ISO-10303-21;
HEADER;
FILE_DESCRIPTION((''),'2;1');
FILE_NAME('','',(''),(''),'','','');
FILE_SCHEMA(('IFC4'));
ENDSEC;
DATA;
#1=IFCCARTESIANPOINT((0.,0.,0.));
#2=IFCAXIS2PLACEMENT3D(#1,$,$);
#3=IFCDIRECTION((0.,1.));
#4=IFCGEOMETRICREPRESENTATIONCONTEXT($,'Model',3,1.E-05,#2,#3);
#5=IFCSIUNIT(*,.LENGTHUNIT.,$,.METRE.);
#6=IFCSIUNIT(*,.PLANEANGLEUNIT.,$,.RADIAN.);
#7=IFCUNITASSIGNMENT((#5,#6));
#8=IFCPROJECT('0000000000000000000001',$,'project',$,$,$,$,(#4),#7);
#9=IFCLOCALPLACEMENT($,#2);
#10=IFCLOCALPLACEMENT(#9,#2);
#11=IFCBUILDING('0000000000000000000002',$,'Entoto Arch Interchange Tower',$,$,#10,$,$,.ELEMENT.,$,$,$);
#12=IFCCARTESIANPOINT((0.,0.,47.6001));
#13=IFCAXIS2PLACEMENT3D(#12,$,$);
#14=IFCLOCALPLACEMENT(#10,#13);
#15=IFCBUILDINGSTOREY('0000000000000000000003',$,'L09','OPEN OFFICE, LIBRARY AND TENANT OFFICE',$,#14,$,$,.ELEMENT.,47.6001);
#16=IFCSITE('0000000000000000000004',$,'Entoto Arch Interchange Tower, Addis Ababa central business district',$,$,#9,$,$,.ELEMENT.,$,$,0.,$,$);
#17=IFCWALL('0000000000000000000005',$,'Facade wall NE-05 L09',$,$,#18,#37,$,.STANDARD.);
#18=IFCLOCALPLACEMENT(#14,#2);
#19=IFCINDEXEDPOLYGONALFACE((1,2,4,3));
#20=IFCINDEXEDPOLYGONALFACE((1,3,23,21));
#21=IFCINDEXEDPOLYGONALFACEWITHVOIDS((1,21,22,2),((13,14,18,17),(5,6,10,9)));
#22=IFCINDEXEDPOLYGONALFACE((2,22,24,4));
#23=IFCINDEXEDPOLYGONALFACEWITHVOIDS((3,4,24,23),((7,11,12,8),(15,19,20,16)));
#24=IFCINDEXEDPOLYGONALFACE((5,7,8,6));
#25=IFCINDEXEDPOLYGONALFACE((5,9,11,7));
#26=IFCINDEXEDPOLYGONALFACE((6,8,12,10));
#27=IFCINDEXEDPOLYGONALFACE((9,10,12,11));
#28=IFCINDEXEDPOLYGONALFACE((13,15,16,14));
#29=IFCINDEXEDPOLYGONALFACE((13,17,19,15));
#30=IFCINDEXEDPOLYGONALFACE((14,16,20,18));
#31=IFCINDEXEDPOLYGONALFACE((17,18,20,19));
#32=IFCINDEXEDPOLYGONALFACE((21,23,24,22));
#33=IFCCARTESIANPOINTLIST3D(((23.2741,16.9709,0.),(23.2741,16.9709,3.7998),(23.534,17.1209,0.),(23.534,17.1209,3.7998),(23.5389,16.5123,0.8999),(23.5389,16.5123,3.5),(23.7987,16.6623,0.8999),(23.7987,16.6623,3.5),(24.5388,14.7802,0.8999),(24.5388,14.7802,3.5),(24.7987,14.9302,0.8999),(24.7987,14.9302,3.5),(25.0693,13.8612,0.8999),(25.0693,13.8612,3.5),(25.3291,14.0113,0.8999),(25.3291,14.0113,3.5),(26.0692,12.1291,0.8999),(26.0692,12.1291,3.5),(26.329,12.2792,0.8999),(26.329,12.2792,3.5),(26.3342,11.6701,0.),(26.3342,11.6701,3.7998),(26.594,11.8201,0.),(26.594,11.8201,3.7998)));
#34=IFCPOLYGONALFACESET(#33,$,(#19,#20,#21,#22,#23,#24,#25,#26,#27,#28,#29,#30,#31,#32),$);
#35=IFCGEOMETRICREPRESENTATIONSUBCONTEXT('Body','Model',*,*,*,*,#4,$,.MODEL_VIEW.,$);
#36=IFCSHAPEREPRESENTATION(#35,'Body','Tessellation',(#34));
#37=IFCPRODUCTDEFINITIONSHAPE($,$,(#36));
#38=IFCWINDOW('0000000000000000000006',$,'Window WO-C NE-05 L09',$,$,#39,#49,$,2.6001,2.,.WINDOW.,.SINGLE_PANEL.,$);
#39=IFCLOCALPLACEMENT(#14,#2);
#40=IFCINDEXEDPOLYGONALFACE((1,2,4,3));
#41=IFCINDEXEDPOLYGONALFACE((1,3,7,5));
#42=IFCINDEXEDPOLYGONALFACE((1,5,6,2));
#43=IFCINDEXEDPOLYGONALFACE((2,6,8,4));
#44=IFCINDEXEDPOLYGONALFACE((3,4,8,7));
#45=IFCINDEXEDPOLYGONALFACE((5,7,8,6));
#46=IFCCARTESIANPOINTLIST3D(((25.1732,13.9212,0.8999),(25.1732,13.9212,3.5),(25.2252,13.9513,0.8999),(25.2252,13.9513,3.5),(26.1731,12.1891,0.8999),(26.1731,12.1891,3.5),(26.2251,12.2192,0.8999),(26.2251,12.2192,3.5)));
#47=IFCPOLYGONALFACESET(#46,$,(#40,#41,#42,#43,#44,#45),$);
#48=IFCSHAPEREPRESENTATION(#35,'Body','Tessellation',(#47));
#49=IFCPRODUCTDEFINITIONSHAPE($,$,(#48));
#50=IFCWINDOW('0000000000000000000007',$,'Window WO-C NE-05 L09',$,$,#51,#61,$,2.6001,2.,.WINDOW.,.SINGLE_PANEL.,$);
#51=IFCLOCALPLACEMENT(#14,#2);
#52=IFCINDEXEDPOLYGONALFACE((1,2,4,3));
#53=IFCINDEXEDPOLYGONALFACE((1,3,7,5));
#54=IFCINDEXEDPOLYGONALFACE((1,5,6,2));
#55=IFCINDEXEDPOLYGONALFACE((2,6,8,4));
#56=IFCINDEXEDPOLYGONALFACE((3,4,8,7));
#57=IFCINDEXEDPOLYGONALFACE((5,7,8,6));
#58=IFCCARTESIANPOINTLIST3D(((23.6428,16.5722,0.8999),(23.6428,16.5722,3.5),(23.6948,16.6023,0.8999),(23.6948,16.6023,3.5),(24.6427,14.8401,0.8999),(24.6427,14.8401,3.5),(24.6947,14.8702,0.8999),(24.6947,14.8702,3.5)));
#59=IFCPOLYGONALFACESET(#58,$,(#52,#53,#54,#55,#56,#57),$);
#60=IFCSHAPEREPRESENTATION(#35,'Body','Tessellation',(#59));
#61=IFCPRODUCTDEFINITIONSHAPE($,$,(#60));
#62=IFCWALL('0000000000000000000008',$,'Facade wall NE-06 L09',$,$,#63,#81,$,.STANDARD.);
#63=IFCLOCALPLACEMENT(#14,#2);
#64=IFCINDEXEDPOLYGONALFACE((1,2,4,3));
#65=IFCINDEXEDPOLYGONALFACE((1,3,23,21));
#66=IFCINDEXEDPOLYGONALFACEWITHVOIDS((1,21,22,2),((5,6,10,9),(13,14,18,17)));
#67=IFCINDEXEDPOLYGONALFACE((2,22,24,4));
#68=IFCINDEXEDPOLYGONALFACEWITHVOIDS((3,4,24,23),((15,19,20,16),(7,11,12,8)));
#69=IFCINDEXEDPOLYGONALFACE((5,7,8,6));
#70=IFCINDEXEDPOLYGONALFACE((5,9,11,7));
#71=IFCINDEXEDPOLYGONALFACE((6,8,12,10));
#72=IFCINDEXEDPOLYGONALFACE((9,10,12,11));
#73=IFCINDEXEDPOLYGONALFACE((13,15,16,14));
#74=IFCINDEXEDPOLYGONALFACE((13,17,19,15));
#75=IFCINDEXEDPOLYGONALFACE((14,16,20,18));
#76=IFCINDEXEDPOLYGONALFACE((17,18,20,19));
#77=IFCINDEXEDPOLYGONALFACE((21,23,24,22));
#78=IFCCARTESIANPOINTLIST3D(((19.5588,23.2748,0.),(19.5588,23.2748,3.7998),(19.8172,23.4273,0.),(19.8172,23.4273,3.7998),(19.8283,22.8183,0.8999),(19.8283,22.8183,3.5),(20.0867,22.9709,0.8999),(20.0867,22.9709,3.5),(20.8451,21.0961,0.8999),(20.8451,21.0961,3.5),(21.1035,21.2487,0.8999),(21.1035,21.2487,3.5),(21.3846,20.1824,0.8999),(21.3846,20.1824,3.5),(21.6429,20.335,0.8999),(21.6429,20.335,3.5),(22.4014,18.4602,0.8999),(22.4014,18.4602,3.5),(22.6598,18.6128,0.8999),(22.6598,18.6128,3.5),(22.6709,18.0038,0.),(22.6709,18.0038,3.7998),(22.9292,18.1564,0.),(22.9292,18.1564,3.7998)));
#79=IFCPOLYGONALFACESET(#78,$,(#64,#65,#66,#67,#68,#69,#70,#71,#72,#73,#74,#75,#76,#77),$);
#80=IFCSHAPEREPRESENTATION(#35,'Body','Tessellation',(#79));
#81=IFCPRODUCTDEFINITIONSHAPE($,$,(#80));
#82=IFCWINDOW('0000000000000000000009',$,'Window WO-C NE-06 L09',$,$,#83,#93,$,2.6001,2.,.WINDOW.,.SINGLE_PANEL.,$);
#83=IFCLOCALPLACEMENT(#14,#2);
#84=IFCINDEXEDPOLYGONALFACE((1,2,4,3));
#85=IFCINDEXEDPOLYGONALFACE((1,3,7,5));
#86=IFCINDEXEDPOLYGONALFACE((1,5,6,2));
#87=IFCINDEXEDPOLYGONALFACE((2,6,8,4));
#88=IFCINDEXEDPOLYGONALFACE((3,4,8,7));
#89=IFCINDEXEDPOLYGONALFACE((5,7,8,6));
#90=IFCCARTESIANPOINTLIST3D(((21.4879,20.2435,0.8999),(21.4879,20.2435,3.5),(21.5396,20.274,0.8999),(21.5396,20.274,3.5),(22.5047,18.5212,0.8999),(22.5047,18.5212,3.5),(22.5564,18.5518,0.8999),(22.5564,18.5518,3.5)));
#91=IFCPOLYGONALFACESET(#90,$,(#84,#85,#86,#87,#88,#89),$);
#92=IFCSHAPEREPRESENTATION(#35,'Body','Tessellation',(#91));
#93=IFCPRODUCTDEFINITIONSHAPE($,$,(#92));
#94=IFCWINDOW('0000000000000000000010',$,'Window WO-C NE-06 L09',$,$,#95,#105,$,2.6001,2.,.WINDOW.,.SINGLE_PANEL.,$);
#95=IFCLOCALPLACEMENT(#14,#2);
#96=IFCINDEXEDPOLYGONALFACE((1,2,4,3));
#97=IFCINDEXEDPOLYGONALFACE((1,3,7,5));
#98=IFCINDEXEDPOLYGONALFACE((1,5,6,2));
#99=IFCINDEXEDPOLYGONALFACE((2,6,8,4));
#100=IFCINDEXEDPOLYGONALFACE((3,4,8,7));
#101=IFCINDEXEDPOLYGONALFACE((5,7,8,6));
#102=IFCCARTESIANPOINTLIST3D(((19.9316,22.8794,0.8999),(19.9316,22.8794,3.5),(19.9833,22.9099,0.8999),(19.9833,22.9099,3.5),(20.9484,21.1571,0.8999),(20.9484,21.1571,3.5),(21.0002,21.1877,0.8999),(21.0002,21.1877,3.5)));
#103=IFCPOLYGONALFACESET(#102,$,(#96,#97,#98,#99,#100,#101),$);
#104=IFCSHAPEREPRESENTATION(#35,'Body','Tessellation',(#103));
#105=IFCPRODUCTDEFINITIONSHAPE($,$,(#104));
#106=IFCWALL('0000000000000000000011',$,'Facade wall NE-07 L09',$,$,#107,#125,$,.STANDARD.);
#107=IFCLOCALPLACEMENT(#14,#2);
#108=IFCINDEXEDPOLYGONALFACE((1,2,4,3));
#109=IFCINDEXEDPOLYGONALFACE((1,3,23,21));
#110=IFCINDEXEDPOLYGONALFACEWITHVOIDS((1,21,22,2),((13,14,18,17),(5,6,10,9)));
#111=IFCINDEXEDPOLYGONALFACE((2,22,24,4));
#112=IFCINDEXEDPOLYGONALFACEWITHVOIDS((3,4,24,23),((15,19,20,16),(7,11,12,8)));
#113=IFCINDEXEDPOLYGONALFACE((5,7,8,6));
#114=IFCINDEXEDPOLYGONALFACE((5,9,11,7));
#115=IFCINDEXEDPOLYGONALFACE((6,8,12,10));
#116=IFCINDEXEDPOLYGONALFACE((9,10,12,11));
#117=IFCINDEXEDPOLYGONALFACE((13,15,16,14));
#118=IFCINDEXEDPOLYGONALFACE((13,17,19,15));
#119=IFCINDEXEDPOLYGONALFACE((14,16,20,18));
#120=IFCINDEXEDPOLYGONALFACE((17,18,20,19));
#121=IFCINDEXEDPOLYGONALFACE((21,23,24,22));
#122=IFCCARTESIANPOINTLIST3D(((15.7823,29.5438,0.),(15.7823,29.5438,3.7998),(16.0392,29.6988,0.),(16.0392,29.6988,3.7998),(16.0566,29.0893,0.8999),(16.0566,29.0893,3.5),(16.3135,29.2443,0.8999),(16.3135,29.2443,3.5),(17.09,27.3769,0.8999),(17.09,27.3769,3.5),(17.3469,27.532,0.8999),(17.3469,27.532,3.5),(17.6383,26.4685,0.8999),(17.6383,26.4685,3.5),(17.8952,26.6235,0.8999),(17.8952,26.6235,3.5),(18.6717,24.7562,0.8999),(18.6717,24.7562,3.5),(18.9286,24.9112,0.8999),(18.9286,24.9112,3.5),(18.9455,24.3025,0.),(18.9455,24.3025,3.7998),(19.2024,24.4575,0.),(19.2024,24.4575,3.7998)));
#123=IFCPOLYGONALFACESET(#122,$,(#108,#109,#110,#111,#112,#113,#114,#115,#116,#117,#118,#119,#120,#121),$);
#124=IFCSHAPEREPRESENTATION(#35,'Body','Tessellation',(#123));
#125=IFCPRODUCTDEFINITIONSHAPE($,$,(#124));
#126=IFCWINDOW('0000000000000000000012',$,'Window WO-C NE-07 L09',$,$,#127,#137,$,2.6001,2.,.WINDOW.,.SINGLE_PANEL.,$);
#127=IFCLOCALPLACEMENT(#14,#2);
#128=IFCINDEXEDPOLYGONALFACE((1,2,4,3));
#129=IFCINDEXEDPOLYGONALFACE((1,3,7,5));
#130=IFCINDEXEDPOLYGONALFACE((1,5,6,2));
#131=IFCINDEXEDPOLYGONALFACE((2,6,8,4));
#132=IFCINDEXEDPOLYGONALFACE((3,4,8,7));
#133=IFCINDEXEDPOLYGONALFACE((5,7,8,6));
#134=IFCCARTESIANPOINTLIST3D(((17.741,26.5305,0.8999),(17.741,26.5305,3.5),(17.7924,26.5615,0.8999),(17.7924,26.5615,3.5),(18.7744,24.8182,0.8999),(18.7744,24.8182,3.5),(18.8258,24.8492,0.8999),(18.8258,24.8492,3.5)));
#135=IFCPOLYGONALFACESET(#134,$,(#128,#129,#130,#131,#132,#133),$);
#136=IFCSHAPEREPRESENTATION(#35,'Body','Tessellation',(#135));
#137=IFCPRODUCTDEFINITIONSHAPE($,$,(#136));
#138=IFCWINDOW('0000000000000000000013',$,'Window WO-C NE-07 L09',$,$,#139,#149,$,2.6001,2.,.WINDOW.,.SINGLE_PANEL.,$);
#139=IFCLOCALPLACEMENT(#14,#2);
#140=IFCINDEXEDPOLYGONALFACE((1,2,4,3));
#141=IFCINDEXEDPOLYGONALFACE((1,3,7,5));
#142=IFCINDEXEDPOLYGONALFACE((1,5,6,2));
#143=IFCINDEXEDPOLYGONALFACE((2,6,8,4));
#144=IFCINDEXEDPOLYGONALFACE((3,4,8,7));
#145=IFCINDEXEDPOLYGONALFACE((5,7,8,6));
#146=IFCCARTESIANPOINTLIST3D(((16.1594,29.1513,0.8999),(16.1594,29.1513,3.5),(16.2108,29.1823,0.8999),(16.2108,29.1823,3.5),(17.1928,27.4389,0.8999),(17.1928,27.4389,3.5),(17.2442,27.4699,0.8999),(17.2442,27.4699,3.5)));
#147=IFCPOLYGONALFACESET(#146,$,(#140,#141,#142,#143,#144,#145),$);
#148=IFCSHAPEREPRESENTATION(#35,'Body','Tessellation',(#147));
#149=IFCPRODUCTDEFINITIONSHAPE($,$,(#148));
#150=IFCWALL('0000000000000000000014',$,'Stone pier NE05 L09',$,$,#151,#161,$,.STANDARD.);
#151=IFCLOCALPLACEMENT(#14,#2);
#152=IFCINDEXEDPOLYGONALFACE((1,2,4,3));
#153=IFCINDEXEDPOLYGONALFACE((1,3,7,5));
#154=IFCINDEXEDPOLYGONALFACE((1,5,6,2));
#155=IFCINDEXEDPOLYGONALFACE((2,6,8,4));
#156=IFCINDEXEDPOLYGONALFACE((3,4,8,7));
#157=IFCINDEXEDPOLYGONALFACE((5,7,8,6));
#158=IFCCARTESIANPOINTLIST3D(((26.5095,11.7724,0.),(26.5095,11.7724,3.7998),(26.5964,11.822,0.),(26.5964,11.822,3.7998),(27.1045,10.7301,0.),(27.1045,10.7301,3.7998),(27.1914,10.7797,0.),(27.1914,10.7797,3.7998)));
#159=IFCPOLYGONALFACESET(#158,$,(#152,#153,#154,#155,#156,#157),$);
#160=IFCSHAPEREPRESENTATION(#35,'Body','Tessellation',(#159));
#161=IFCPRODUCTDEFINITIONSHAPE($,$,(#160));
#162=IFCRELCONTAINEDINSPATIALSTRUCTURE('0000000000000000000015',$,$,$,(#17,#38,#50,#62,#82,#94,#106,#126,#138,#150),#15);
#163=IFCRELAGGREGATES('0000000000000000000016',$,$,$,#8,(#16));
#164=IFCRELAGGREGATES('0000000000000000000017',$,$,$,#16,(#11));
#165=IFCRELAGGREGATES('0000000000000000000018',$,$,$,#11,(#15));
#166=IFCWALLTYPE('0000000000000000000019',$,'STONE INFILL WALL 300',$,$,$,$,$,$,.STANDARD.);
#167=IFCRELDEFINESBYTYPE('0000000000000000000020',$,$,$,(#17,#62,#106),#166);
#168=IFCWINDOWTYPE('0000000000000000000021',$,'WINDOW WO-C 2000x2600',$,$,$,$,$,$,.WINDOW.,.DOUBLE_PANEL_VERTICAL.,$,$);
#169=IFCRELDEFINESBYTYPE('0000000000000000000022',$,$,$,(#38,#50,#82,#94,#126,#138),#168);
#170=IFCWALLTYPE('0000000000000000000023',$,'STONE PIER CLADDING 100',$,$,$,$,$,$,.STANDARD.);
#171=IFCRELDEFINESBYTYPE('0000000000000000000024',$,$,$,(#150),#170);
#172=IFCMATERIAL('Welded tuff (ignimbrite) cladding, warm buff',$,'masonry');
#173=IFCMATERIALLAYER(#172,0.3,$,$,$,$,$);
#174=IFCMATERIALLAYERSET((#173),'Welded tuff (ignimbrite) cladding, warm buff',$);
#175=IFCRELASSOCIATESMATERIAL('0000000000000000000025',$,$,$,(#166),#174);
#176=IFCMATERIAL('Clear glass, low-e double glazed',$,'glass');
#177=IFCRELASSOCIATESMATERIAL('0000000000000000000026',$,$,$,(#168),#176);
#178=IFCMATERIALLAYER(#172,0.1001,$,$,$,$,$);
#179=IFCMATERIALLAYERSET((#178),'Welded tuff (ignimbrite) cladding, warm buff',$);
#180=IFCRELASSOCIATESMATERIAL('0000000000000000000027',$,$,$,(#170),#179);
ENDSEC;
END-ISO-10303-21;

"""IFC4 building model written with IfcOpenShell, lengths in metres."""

from ifc_helpers import new_model, si_unit, direction, frame, frame_2d, origin, place, context, subcontext, project, spatial, rectangle, extrude, material, layer, layer_set, type_object, element, fill, save


model = new_model("IFC4")

# Units and contexts
model_context = context("Model", 3, precision=1e-05, world=origin(), true_north=direction((0.0, 1.0)))
body_context = subcontext(model_context, "Body", "Model", "MODEL_VIEW")
ifc_project = project(units=[si_unit("LENGTHUNIT", "METRE"), si_unit("PLANEANGLEUNIT", "RADIAN")], contexts=[model_context])

# Site, building, storey
site_placement = place(None, origin())
site = spatial("IfcSite", under=ifc_project, at=site_placement, Name="Entoto Arch Interchange Tower, Addis Ababa central business district", CompositionType="ELEMENT", RefElevation=0.0)
building_placement = place(site_placement, origin())
building = spatial("IfcBuilding", under=site, at=building_placement, Name="Entoto Arch Interchange Tower", CompositionType="ELEMENT")
storey_placement = place(building_placement, frame((0.0, 0.0, 47.6001)))
storey = spatial("IfcBuildingStorey", under=building, at=storey_placement, Name="L09", Description="OPEN OFFICE, LIBRARY AND TENANT OFFICE", CompositionType="ELEMENT", Elevation=47.6001)

# Walls, openings, windows
ifc_material_1 = material(Name="Welded tuff (ignimbrite) cladding, warm buff", Category="masonry")
ifc_layer_1 = layer(ifc_material_1, 0.3)
ifc_layer_set_1 = layer_set([ifc_layer_1], Name="Welded tuff (ignimbrite) cladding, warm buff")
wall_type_1 = type_object("IfcWallType", Name="STONE INFILL WALL 300", PredefinedType="STANDARD", material=ifc_layer_set_1)
wall_1_placement = place(storey_placement, frame((26.4641, 11.7451, 0.0), z_axis=(0.0, 0.0, 1.0), x_axis=(-0.499957, 0.86605, 0.0)))
wall_1 = element("IfcWall", 1, at=wall_1_placement, inside=storey, type_object=wall_type_1, Name="Facade wall NE-05 L09", PredefinedType="STANDARD", context=body_context, shape_type="SweptSolid", body=[
    extrude(rectangle(XDim=6.1206, YDim=0.3, at=frame_2d((3.0603, 0.0))), origin(), (0.0, 0.0, 1.0), 3.7998),
])
opening_1_placement = place(wall_1_placement, frame((0.53, 0.0, 0.8999)))
opening_1 = element("IfcOpeningElement", 2, at=opening_1_placement, cuts=wall_1, PredefinedType="OPENING", context=body_context, shape_type="SweptSolid", body=[
    extrude(rectangle(XDim=2.0, YDim=2.6001, at=frame_2d((1.0, 1.3))), frame((0.0, 0.1602, 0.0), z_axis=(0.0, -1.0, 0.0), x_axis=(1.0, 0.0, 0.0)), (0.0, 0.0, 1.0), 0.3201),
])
opening_2_placement = place(wall_1_placement, frame((3.5911, 0.0, 0.8999)))
opening_2 = element("IfcOpeningElement", 3, at=opening_2_placement, cuts=wall_1, PredefinedType="OPENING", context=body_context, shape_type="SweptSolid", body=[
    extrude(rectangle(XDim=2.0, YDim=2.6001, at=frame_2d((1.0, 1.3))), frame((0.0, 0.1602, 0.0), z_axis=(0.0, -1.0, 0.0), x_axis=(1.0, 0.0, 0.0)), (0.0, 0.0, 1.0), 0.3201),
])
ifc_material_2 = material(Name="Clear glass, low-e double glazed", Category="glass")
window_type = type_object("IfcWindowType", Name="WINDOW WO-C 2000x2600", PartitioningType="DOUBLE_PANEL_VERTICAL", PredefinedType="WINDOW", material=ifc_material_2)
window_1_placement = place(opening_1_placement, origin())
window_1 = element("IfcWindow", 4, at=window_1_placement, inside=storey, type_object=window_type, Name="Window WO-C NE-05 L09", OverallHeight=2.6001, OverallWidth=2.0, PartitioningType="SINGLE_PANEL", PredefinedType="WINDOW", context=body_context, shape_type="SweptSolid", body=[
    extrude(rectangle(XDim=2.0, YDim=2.6001, at=frame_2d((1.0, 1.3))), frame((0.0, 0.03, 0.0), z_axis=(0.0, -1.0, 0.0), x_axis=(1.0, 0.0, 0.0)), (0.0, 0.0, 1.0), 0.0601),
])
fill(opening_1, window_1)
window_2_placement = place(opening_2_placement, origin())
window_2 = element("IfcWindow", 5, at=window_2_placement, inside=storey, type_object=window_type, Name="Window WO-C NE-05 L09", OverallHeight=2.6001, OverallWidth=2.0, PartitioningType="SINGLE_PANEL", PredefinedType="WINDOW", context=body_context, shape_type="SweptSolid", body=[
    extrude(rectangle(XDim=2.0, YDim=2.6001, at=frame_2d((1.0, 1.3))), frame((0.0, 0.03, 0.0), z_axis=(0.0, -1.0, 0.0), x_axis=(1.0, 0.0, 0.0)), (0.0, 0.0, 1.0), 0.0601),
])
fill(opening_2, window_2)
wall_2_placement = place(storey_placement, frame((22.8, 18.0801, 0.0), z_axis=(0.0, 0.0, 1.0), x_axis=(-0.508412, 0.861114, 0.0)))
wall_2 = element("IfcWall", 6, at=wall_2_placement, inside=storey, type_object=wall_type_1, Name="Facade wall NE-06 L09", PredefinedType="STANDARD", context=body_context, shape_type="SweptSolid", body=[
    extrude(rectangle(XDim=6.1211, YDim=0.3, at=frame_2d((3.0605, 0.0))), origin(), (0.0, 0.0, 1.0), 3.7998),
])
opening_3_placement = place(wall_2_placement, frame((0.53, 0.0, 0.8999)))
opening_3 = element("IfcOpeningElement", 7, at=opening_3_placement, cuts=wall_2, PredefinedType="OPENING", context=body_context, shape_type="SweptSolid", body=[
    extrude(rectangle(XDim=2.0, YDim=2.6001, at=frame_2d((1.0, 1.3))), frame((0.0, 0.1602, 0.0), z_axis=(0.0, -1.0, 0.0), x_axis=(1.0, 0.0, 0.0)), (0.0, 0.0, 1.0), 0.3201),
])
opening_4_placement = place(wall_2_placement, frame((3.5911, 0.0, 0.8999)))
opening_4 = element("IfcOpeningElement", 8, at=opening_4_placement, cuts=wall_2, PredefinedType="OPENING", context=body_context, shape_type="SweptSolid", body=[
    extrude(rectangle(XDim=2.0, YDim=2.6001, at=frame_2d((1.0, 1.3))), frame((0.0, 0.1602, 0.0), z_axis=(0.0, -1.0, 0.0), x_axis=(1.0, 0.0, 0.0)), (0.0, 0.0, 1.0), 0.3201),
])
window_3_placement = place(opening_3_placement, origin())
window_3 = element("IfcWindow", 9, at=window_3_placement, inside=storey, type_object=window_type, Name="Window WO-C NE-06 L09", OverallHeight=2.6001, OverallWidth=2.0, PartitioningType="SINGLE_PANEL", PredefinedType="WINDOW", context=body_context, shape_type="SweptSolid", body=[
    extrude(rectangle(XDim=2.0, YDim=2.6001, at=frame_2d((1.0, 1.3))), frame((0.0, 0.03, 0.0), z_axis=(0.0, -1.0, 0.0), x_axis=(1.0, 0.0, 0.0)), (0.0, 0.0, 1.0), 0.0601),
])
fill(opening_3, window_3)
window_4_placement = place(opening_4_placement, origin())
window_4 = element("IfcWindow", 10, at=window_4_placement, inside=storey, type_object=window_type, Name="Window WO-C NE-06 L09", OverallHeight=2.6001, OverallWidth=2.0, PartitioningType="SINGLE_PANEL", PredefinedType="WINDOW", context=body_context, shape_type="SweptSolid", body=[
    extrude(rectangle(XDim=2.0, YDim=2.6001, at=frame_2d((1.0, 1.3))), frame((0.0, 0.03, 0.0), z_axis=(0.0, -1.0, 0.0), x_axis=(1.0, 0.0, 0.0)), (0.0, 0.0, 1.0), 0.0601),
])
fill(opening_4, window_4)
wall_3_placement = place(storey_placement, frame((19.074, 24.3799, 0.0), z_axis=(0.0, 0.0, 1.0), x_axis=(-0.516699, 0.856167, 0.0)))
wall_3 = element("IfcWall", 11, at=wall_3_placement, inside=storey, type_object=wall_type_1, Name="Facade wall NE-07 L09", PredefinedType="STANDARD", context=body_context, shape_type="SweptSolid", body=[
    extrude(rectangle(XDim=6.1218, YDim=0.3, at=frame_2d((3.061, 0.0))), origin(), (0.0, 0.0, 1.0), 3.7998),
])
opening_5_placement = place(wall_3_placement, frame((0.53, 0.0, 0.8999)))
opening_5 = element("IfcOpeningElement", 12, at=opening_5_placement, cuts=wall_3, PredefinedType="OPENING", context=body_context, shape_type="SweptSolid", body=[
    extrude(rectangle(XDim=2.0, YDim=2.6001, at=frame_2d((1.0, 1.3))), frame((0.0, 0.1602, 0.0), z_axis=(0.0, -1.0, 0.0), x_axis=(1.0, 0.0, 0.0)), (0.0, 0.0, 1.0), 0.3201),
])
opening_6_placement = place(wall_3_placement, frame((3.5911, 0.0, 0.8999)))
opening_6 = element("IfcOpeningElement", 13, at=opening_6_placement, cuts=wall_3, PredefinedType="OPENING", context=body_context, shape_type="SweptSolid", body=[
    extrude(rectangle(XDim=2.0, YDim=2.6001, at=frame_2d((1.0, 1.3))), frame((0.0, 0.1602, 0.0), z_axis=(0.0, -1.0, 0.0), x_axis=(1.0, 0.0, 0.0)), (0.0, 0.0, 1.0), 0.3201),
])
window_5_placement = place(opening_5_placement, origin())
window_5 = element("IfcWindow", 14, at=window_5_placement, inside=storey, type_object=window_type, Name="Window WO-C NE-07 L09", OverallHeight=2.6001, OverallWidth=2.0, PartitioningType="SINGLE_PANEL", PredefinedType="WINDOW", context=body_context, shape_type="SweptSolid", body=[
    extrude(rectangle(XDim=2.0, YDim=2.6001, at=frame_2d((1.0, 1.3))), frame((0.0, 0.03, 0.0), z_axis=(0.0, -1.0, 0.0), x_axis=(1.0, 0.0, 0.0)), (0.0, 0.0, 1.0), 0.0601),
])
fill(opening_5, window_5)
window_6_placement = place(opening_6_placement, origin())
window_6 = element("IfcWindow", 15, at=window_6_placement, inside=storey, type_object=window_type, Name="Window WO-C NE-07 L09", OverallHeight=2.6001, OverallWidth=2.0, PartitioningType="SINGLE_PANEL", PredefinedType="WINDOW", context=body_context, shape_type="SweptSolid", body=[
    extrude(rectangle(XDim=2.0, YDim=2.6001, at=frame_2d((1.0, 1.3))), frame((0.0, 0.03, 0.0), z_axis=(0.0, -1.0, 0.0), x_axis=(1.0, 0.0, 0.0)), (0.0, 0.0, 1.0), 0.0601),
])
fill(opening_6, window_6)

# Wall
ifc_layer_2 = layer(ifc_material_1, 0.1001)
ifc_layer_set_2 = layer_set([ifc_layer_2], Name="Welded tuff (ignimbrite) cladding, warm buff")
wall_type_2 = type_object("IfcWallType", Name="STONE PIER CLADDING 100", PredefinedType="STANDARD", material=ifc_layer_set_2)
wall_4_placement = place(storey_placement, frame((27.1479, 10.7549, 0.0), z_axis=(0.0, 0.0, 1.0), x_axis=(-0.495766, 0.868456, 0.0)))
element("IfcWall", 16, at=wall_4_placement, inside=storey, type_object=wall_type_2, Name="Stone pier NE05 L09", PredefinedType="STANDARD", context=body_context, shape_type="SweptSolid", body=[
    extrude(rectangle(XDim=1.2002, YDim=0.1001, at=frame_2d((0.6001, 0.0))), origin(), (0.0, 0.0, 1.0), 3.7998),
])

save(model, "model.ifc")
